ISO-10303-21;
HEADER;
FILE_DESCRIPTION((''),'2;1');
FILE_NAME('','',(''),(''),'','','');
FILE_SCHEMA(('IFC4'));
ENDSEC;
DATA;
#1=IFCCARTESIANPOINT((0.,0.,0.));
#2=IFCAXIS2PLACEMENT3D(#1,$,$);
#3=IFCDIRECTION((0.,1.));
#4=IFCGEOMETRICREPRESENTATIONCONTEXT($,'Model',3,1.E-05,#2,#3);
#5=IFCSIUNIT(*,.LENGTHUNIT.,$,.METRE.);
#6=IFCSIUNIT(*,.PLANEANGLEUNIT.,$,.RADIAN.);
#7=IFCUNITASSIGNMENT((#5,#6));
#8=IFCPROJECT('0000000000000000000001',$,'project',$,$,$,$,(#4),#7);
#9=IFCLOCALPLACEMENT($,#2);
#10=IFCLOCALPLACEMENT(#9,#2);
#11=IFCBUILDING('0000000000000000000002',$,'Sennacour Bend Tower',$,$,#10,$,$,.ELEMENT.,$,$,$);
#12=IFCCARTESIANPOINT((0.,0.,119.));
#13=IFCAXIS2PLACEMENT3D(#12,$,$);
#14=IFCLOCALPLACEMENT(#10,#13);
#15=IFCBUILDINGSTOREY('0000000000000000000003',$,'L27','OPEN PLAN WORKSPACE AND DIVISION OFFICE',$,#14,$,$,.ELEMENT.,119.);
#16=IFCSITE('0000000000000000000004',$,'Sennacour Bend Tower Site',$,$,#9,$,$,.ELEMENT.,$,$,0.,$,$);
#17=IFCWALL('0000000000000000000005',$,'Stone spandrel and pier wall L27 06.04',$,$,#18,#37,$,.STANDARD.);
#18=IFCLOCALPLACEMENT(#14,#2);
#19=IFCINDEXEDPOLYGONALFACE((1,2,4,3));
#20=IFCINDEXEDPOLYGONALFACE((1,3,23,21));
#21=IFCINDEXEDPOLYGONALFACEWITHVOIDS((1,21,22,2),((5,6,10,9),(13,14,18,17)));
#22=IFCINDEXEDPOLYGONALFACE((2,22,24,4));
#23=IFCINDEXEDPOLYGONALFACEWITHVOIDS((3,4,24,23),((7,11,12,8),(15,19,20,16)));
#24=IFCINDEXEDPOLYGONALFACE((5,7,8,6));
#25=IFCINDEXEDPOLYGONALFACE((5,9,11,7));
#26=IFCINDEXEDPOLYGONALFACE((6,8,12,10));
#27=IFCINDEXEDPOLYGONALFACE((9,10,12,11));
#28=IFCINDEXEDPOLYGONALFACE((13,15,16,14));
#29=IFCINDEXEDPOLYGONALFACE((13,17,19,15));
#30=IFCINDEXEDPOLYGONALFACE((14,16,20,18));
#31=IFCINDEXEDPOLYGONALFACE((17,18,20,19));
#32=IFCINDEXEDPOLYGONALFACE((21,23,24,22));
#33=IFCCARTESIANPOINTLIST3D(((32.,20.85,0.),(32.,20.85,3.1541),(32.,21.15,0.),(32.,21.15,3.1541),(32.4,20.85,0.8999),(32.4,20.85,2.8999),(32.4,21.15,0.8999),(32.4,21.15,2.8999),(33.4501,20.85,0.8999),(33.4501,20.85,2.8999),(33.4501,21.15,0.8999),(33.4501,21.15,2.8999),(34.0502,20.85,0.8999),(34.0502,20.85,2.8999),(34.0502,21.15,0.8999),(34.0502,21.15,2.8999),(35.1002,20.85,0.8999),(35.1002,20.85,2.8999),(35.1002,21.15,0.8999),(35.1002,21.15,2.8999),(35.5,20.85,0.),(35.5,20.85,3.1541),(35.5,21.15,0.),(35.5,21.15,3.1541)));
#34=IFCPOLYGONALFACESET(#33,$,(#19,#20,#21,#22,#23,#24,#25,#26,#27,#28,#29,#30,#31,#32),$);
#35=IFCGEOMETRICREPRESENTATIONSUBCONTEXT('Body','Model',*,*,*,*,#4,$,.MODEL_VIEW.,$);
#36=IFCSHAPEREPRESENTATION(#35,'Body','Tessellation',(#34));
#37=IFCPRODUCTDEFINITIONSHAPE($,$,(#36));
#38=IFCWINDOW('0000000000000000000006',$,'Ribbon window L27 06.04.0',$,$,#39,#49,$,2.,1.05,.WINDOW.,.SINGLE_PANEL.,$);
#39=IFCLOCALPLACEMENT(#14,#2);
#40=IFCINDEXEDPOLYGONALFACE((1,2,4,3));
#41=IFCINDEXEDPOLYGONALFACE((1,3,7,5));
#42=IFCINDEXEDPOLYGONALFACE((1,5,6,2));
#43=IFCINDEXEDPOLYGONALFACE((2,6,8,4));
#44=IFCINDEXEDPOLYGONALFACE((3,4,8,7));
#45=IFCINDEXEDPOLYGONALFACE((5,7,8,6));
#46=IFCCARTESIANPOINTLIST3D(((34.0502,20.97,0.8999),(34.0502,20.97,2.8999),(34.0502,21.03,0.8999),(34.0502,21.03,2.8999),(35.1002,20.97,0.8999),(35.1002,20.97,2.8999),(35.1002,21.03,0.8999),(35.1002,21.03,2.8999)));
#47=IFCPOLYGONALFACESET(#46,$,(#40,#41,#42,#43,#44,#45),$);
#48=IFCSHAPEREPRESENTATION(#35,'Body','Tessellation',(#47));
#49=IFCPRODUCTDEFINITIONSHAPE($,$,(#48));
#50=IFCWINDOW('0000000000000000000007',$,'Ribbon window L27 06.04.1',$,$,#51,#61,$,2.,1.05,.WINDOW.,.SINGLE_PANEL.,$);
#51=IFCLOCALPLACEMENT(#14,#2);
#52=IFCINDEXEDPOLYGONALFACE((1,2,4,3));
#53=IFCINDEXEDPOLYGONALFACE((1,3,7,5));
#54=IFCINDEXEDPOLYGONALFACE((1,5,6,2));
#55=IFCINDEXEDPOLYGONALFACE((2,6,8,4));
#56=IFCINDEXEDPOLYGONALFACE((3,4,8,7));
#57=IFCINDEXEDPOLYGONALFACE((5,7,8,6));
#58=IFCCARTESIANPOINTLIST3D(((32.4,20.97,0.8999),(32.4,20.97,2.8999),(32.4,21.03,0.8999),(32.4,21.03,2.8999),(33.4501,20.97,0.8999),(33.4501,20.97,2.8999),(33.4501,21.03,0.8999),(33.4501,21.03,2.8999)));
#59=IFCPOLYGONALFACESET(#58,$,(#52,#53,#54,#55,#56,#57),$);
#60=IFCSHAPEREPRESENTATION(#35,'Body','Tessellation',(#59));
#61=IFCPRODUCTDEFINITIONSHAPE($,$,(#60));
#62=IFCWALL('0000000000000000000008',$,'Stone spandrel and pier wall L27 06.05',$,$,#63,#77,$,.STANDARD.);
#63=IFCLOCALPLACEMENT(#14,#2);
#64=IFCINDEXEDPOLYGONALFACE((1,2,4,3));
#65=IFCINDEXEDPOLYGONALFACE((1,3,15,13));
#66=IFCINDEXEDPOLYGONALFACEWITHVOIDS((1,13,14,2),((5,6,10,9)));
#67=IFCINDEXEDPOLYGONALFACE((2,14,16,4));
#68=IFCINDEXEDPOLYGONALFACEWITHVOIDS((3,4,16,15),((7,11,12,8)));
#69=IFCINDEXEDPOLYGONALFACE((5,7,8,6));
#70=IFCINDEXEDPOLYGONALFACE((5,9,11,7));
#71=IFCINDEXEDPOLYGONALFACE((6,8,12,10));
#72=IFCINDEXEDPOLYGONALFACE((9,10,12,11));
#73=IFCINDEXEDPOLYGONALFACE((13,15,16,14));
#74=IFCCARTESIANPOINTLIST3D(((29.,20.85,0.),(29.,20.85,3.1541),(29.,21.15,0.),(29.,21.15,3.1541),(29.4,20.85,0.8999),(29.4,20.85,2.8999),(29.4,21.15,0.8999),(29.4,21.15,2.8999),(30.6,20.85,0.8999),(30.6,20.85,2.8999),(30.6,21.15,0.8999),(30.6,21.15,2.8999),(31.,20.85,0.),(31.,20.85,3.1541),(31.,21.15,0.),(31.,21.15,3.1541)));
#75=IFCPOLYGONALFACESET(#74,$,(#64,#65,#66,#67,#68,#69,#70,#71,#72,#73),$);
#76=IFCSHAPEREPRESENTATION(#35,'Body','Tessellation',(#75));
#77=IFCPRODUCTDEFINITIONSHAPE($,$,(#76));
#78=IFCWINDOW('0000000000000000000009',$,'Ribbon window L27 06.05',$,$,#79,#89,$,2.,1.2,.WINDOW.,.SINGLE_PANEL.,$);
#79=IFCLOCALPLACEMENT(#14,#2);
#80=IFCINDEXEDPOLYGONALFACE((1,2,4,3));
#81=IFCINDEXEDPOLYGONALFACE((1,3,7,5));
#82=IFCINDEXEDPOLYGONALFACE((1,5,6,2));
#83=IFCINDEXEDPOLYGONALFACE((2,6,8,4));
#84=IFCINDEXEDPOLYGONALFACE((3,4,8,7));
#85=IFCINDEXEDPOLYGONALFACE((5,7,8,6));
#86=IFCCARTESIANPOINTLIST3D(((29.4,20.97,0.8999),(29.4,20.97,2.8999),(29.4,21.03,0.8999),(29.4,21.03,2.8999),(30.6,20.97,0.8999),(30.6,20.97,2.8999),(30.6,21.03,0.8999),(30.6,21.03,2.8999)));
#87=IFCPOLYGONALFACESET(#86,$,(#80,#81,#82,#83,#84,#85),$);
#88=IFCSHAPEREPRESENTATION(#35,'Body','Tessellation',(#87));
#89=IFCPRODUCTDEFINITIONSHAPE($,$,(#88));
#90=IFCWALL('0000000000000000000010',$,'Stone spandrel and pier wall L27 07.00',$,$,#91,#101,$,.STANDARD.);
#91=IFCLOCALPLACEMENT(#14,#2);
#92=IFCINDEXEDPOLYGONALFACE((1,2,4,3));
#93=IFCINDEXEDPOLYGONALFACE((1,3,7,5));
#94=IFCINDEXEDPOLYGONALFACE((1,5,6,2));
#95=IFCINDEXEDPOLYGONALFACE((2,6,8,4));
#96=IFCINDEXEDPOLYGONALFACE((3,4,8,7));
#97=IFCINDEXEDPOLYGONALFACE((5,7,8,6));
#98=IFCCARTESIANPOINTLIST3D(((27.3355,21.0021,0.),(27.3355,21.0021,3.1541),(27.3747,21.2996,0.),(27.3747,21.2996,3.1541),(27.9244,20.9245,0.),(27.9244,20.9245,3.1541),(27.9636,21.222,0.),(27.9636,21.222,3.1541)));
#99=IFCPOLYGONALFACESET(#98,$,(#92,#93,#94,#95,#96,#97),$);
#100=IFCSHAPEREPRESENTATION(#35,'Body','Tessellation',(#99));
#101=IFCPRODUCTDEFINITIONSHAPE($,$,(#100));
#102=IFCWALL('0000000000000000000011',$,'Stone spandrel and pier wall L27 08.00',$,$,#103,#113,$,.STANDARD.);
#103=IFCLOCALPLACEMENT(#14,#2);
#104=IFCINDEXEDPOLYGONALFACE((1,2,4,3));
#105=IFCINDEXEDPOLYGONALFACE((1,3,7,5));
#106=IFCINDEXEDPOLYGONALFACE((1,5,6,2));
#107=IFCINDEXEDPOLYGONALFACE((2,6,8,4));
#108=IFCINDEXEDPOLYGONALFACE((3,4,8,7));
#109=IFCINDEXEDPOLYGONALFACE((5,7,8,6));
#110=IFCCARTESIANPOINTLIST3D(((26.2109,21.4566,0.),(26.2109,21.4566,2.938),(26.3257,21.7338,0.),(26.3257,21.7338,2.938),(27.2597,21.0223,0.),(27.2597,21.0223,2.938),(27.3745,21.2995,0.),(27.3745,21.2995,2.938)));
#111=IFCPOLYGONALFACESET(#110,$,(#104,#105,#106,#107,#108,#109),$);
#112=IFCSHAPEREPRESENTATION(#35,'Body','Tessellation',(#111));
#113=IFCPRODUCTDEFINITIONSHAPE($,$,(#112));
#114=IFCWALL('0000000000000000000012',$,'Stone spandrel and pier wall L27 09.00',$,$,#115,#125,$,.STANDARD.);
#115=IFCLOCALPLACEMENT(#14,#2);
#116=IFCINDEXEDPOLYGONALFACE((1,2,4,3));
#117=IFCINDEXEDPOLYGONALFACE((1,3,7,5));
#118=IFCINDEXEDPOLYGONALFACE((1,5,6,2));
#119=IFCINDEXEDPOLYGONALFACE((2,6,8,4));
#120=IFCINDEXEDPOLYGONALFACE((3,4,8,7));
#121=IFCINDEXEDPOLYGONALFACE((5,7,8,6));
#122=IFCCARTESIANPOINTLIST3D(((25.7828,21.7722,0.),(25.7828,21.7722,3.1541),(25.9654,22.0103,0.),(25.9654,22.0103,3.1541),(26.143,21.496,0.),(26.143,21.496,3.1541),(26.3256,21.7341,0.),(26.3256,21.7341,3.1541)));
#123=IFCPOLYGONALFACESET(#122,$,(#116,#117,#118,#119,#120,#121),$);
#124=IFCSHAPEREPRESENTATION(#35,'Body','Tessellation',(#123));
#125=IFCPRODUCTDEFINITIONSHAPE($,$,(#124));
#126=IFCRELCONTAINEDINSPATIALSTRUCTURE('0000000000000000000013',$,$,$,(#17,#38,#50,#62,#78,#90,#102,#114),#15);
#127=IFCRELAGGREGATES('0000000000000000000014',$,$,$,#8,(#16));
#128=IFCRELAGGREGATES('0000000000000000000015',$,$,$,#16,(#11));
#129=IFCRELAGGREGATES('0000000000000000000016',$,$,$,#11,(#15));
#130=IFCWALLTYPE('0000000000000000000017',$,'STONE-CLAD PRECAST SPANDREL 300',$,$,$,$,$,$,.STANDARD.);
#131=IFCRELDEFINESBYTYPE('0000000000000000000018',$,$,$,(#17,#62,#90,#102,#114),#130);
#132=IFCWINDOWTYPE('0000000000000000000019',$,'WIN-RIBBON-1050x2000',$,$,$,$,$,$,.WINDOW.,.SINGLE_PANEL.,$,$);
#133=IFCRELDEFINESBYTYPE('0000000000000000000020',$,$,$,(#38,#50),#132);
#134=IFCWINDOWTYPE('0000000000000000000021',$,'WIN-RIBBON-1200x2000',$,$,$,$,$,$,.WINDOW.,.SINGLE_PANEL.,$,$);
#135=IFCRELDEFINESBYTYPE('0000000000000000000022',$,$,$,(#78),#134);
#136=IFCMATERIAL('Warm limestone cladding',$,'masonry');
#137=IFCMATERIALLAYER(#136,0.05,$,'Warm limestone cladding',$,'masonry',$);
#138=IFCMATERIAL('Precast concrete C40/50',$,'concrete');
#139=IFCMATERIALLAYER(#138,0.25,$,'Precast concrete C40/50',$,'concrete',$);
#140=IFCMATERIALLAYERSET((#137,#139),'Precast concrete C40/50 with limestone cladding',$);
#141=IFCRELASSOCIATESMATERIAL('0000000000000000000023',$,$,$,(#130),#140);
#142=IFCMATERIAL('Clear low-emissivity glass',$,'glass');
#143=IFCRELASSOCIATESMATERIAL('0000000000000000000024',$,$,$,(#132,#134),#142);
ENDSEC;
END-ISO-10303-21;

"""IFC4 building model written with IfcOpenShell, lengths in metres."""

from ifc_helpers import new_model, si_unit, direction, frame, frame_2d, origin, place, context, subcontext, project, spatial, rectangle, extrude, material, layer, layer_set, type_object, element, fill, save


model = new_model("IFC4")

# Units and contexts
model_context = context("Model", 3, precision=1e-05, world=origin(), true_north=direction((0.0, 1.0)))
body_context = subcontext(model_context, "Body", "Model", "MODEL_VIEW")
ifc_project = project(units=[si_unit("LENGTHUNIT", "METRE"), si_unit("PLANEANGLEUNIT", "RADIAN")], contexts=[model_context])

# Site, building, storey
site_placement = place(None, origin())
site = spatial("IfcSite", under=ifc_project, at=site_placement, Name="Sennacour Bend Tower Site", CompositionType="ELEMENT", RefElevation=0.0)
building_placement = place(site_placement, origin())
building = spatial("IfcBuilding", under=site, at=building_placement, Name="Sennacour Bend Tower", CompositionType="ELEMENT")
storey_placement = place(building_placement, frame((0.0, 0.0, 119.0)))
storey = spatial("IfcBuildingStorey", under=building, at=storey_placement, Name="L27", Description="OPEN PLAN WORKSPACE AND DIVISION OFFICE", CompositionType="ELEMENT", Elevation=119.0)

# Wall, openings, windows
ifc_material_1 = material(Name="Warm limestone cladding", Category="masonry")
ifc_layer_1 = layer(ifc_material_1, 0.05, Name="Warm limestone cladding", Category="masonry")
ifc_material_2 = material(Name="Precast concrete C40/50", Category="concrete")
ifc_layer_2 = layer(ifc_material_2, 0.25, Name="Precast concrete C40/50", Category="concrete")
ifc_layer_set_1 = layer_set([ifc_layer_1, ifc_layer_2], Name="Precast concrete C40/50 with limestone cladding")
wall_type_1 = type_object("IfcWallType", Name="STONE-CLAD PRECAST SPANDREL 300", PredefinedType="STANDARD", material=ifc_layer_set_1)
ifc_material_3 = material(Name="Clear low-emissivity glass", Category="glass")
window_type_1 = type_object("IfcWindowType", Name="WIN-RIBBON-1050x2000", PartitioningType="SINGLE_PANEL", PredefinedType="WINDOW", material=ifc_material_3)
wall_1_placement = place(storey_placement, frame((35.5, 21.0, 0.0), z_axis=(0.0, 0.0, 1.0), x_axis=(-1.0, 0.0, 0.0)))
wall_1 = element("IfcWall", 1, at=wall_1_placement, inside=storey, type_object=wall_type_1, Name="Stone spandrel and pier wall L27 06.04", PredefinedType="STANDARD", context=body_context, shape_type="SweptSolid", body=[
    extrude(rectangle(XDim=3.5, YDim=0.3, at=frame_2d((1.75, 0.0))), origin(), (0.0, 0.0, 1.0), 3.1541),
])
opening_1_placement = place(wall_1_placement, frame((0.3999, 0.0, 0.8999)))
opening_1 = element("IfcOpeningElement", 2, at=opening_1_placement, cuts=wall_1, PredefinedType="OPENING", context=body_context, shape_type="SweptSolid", body=[
    extrude(rectangle(XDim=1.05, YDim=2.0, at=frame_2d((0.5249, 1.0))), frame((0.0, 0.1602, 0.0), z_axis=(0.0, -1.0, 0.0), x_axis=(1.0, 0.0, 0.0)), (0.0, 0.0, 1.0), 0.3201),
])
opening_2_placement = place(wall_1_placement, frame((2.05, 0.0, 0.8999)))
opening_2 = element("IfcOpeningElement", 3, at=opening_2_placement, cuts=wall_1, PredefinedType="OPENING", context=body_context, shape_type="SweptSolid", body=[
    extrude(rectangle(XDim=1.05, YDim=2.0, at=frame_2d((0.5249, 1.0))), frame((0.0, 0.1602, 0.0), z_axis=(0.0, -1.0, 0.0), x_axis=(1.0, 0.0, 0.0)), (0.0, 0.0, 1.0), 0.3201),
])
window_1_placement = place(opening_1_placement, origin())
window_1 = element("IfcWindow", 4, at=window_1_placement, inside=storey, type_object=window_type_1, Name="Ribbon window L27 06.04.0", OverallHeight=2.0, OverallWidth=1.05, PartitioningType="SINGLE_PANEL", PredefinedType="WINDOW", context=body_context, shape_type="SweptSolid", body=[
    extrude(rectangle(XDim=1.05, YDim=2.0, at=frame_2d((0.5249, 1.0))), frame((0.0, 0.03, 0.0), z_axis=(0.0, -1.0, 0.0), x_axis=(1.0, 0.0, 0.0)), (0.0, 0.0, 1.0), 0.0601),
])
fill(opening_1, window_1)
window_2_placement = place(opening_2_placement, origin())
window_2 = element("IfcWindow", 5, at=window_2_placement, inside=storey, type_object=window_type_1, Name="Ribbon window L27 06.04.1", OverallHeight=2.0, OverallWidth=1.05, PartitioningType="SINGLE_PANEL", PredefinedType="WINDOW", context=body_context, shape_type="SweptSolid", body=[
    extrude(rectangle(XDim=1.05, YDim=2.0, at=frame_2d((0.5249, 1.0))), frame((0.0, 0.03, 0.0), z_axis=(0.0, -1.0, 0.0), x_axis=(1.0, 0.0, 0.0)), (0.0, 0.0, 1.0), 0.0601),
])
fill(opening_2, window_2)

# Wall, opening, window
wall_2_placement = place(storey_placement, frame((31.0, 21.0, 0.0), z_axis=(0.0, 0.0, 1.0), x_axis=(-1.0, 0.0, 0.0)))
wall_2 = element("IfcWall", 6, at=wall_2_placement, inside=storey, type_object=wall_type_1, Name="Stone spandrel and pier wall L27 06.05", PredefinedType="STANDARD", context=body_context, shape_type="SweptSolid", body=[
    extrude(rectangle(XDim=2.0, YDim=0.3, at=frame_2d((1.0, 0.0))), origin(), (0.0, 0.0, 1.0), 3.1541),
])
opening_3_placement = place(wall_2_placement, frame((0.3999, 0.0, 0.8999)))
opening_3 = element("IfcOpeningElement", 7, at=opening_3_placement, cuts=wall_2, PredefinedType="OPENING", context=body_context, shape_type="SweptSolid", body=[
    extrude(rectangle(XDim=1.2, YDim=2.0, at=frame_2d((0.6001, 1.0))), frame((0.0, 0.1602, 0.0), z_axis=(0.0, -1.0, 0.0), x_axis=(1.0, 0.0, 0.0)), (0.0, 0.0, 1.0), 0.3201),
])
window_type_2 = type_object("IfcWindowType", Name="WIN-RIBBON-1200x2000", PartitioningType="SINGLE_PANEL", PredefinedType="WINDOW", material=ifc_material_3)
window_3_placement = place(opening_3_placement, origin())
window_3 = element("IfcWindow", 8, at=window_3_placement, inside=storey, type_object=window_type_2, Name="Ribbon window L27 06.05", OverallHeight=2.0, OverallWidth=1.2, PartitioningType="SINGLE_PANEL", PredefinedType="WINDOW", context=body_context, shape_type="SweptSolid", body=[
    extrude(rectangle(XDim=1.2, YDim=2.0, at=frame_2d((0.6001, 1.0))), frame((0.0, 0.03, 0.0), z_axis=(0.0, -1.0, 0.0), x_axis=(1.0, 0.0, 0.0)), (0.0, 0.0, 1.0), 0.0601),
])
fill(opening_3, window_3)

# Walls
wall_3_placement = place(storey_placement, frame((27.9438, 21.0732, 0.0), z_axis=(0.0, 0.0, 1.0), x_axis=(-0.991421, 0.13071, 0.0)))
element("IfcWall", 9, at=wall_3_placement, inside=storey, type_object=wall_type_1, Name="Stone spandrel and pier wall L27 07.00", PredefinedType="STANDARD", context=body_context, shape_type="SweptSolid", body=[
    extrude(rectangle(XDim=0.594, YDim=0.3, at=frame_2d((0.2969, 0.0))), origin(), (0.0, 0.0, 1.0), 3.1541),
])
wall_4_placement = place(storey_placement, frame((27.3171, 21.1609, 0.0), z_axis=(0.0, 0.0, 1.0), x_axis=(-0.923915, 0.382599, 0.0)))
element("IfcWall", 10, at=wall_4_placement, inside=storey, type_object=wall_type_1, Name="Stone spandrel and pier wall L27 08.00", PredefinedType="STANDARD", context=body_context, shape_type="SweptSolid", body=[
    extrude(rectangle(XDim=1.1353, YDim=0.3, at=frame_2d((0.5676, 0.0))), origin(), (0.0, 0.0, 1.0), 2.938),
])
wall_5_placement = place(storey_placement, frame((26.2344, 21.615, 0.0), z_axis=(0.0, 0.0, 1.0), x_axis=(-0.793563, 0.608488, 0.0)))
element("IfcWall", 11, at=wall_5_placement, inside=storey, type_object=wall_type_1, Name="Stone spandrel and pier wall L27 09.00", PredefinedType="STANDARD", context=body_context, shape_type="SweptSolid", body=[
    extrude(rectangle(XDim=0.4539, YDim=0.3, at=frame_2d((0.2271, 0.0))), origin(), (0.0, 0.0, 1.0), 3.1541),
])

save(model, "model.ifc")
